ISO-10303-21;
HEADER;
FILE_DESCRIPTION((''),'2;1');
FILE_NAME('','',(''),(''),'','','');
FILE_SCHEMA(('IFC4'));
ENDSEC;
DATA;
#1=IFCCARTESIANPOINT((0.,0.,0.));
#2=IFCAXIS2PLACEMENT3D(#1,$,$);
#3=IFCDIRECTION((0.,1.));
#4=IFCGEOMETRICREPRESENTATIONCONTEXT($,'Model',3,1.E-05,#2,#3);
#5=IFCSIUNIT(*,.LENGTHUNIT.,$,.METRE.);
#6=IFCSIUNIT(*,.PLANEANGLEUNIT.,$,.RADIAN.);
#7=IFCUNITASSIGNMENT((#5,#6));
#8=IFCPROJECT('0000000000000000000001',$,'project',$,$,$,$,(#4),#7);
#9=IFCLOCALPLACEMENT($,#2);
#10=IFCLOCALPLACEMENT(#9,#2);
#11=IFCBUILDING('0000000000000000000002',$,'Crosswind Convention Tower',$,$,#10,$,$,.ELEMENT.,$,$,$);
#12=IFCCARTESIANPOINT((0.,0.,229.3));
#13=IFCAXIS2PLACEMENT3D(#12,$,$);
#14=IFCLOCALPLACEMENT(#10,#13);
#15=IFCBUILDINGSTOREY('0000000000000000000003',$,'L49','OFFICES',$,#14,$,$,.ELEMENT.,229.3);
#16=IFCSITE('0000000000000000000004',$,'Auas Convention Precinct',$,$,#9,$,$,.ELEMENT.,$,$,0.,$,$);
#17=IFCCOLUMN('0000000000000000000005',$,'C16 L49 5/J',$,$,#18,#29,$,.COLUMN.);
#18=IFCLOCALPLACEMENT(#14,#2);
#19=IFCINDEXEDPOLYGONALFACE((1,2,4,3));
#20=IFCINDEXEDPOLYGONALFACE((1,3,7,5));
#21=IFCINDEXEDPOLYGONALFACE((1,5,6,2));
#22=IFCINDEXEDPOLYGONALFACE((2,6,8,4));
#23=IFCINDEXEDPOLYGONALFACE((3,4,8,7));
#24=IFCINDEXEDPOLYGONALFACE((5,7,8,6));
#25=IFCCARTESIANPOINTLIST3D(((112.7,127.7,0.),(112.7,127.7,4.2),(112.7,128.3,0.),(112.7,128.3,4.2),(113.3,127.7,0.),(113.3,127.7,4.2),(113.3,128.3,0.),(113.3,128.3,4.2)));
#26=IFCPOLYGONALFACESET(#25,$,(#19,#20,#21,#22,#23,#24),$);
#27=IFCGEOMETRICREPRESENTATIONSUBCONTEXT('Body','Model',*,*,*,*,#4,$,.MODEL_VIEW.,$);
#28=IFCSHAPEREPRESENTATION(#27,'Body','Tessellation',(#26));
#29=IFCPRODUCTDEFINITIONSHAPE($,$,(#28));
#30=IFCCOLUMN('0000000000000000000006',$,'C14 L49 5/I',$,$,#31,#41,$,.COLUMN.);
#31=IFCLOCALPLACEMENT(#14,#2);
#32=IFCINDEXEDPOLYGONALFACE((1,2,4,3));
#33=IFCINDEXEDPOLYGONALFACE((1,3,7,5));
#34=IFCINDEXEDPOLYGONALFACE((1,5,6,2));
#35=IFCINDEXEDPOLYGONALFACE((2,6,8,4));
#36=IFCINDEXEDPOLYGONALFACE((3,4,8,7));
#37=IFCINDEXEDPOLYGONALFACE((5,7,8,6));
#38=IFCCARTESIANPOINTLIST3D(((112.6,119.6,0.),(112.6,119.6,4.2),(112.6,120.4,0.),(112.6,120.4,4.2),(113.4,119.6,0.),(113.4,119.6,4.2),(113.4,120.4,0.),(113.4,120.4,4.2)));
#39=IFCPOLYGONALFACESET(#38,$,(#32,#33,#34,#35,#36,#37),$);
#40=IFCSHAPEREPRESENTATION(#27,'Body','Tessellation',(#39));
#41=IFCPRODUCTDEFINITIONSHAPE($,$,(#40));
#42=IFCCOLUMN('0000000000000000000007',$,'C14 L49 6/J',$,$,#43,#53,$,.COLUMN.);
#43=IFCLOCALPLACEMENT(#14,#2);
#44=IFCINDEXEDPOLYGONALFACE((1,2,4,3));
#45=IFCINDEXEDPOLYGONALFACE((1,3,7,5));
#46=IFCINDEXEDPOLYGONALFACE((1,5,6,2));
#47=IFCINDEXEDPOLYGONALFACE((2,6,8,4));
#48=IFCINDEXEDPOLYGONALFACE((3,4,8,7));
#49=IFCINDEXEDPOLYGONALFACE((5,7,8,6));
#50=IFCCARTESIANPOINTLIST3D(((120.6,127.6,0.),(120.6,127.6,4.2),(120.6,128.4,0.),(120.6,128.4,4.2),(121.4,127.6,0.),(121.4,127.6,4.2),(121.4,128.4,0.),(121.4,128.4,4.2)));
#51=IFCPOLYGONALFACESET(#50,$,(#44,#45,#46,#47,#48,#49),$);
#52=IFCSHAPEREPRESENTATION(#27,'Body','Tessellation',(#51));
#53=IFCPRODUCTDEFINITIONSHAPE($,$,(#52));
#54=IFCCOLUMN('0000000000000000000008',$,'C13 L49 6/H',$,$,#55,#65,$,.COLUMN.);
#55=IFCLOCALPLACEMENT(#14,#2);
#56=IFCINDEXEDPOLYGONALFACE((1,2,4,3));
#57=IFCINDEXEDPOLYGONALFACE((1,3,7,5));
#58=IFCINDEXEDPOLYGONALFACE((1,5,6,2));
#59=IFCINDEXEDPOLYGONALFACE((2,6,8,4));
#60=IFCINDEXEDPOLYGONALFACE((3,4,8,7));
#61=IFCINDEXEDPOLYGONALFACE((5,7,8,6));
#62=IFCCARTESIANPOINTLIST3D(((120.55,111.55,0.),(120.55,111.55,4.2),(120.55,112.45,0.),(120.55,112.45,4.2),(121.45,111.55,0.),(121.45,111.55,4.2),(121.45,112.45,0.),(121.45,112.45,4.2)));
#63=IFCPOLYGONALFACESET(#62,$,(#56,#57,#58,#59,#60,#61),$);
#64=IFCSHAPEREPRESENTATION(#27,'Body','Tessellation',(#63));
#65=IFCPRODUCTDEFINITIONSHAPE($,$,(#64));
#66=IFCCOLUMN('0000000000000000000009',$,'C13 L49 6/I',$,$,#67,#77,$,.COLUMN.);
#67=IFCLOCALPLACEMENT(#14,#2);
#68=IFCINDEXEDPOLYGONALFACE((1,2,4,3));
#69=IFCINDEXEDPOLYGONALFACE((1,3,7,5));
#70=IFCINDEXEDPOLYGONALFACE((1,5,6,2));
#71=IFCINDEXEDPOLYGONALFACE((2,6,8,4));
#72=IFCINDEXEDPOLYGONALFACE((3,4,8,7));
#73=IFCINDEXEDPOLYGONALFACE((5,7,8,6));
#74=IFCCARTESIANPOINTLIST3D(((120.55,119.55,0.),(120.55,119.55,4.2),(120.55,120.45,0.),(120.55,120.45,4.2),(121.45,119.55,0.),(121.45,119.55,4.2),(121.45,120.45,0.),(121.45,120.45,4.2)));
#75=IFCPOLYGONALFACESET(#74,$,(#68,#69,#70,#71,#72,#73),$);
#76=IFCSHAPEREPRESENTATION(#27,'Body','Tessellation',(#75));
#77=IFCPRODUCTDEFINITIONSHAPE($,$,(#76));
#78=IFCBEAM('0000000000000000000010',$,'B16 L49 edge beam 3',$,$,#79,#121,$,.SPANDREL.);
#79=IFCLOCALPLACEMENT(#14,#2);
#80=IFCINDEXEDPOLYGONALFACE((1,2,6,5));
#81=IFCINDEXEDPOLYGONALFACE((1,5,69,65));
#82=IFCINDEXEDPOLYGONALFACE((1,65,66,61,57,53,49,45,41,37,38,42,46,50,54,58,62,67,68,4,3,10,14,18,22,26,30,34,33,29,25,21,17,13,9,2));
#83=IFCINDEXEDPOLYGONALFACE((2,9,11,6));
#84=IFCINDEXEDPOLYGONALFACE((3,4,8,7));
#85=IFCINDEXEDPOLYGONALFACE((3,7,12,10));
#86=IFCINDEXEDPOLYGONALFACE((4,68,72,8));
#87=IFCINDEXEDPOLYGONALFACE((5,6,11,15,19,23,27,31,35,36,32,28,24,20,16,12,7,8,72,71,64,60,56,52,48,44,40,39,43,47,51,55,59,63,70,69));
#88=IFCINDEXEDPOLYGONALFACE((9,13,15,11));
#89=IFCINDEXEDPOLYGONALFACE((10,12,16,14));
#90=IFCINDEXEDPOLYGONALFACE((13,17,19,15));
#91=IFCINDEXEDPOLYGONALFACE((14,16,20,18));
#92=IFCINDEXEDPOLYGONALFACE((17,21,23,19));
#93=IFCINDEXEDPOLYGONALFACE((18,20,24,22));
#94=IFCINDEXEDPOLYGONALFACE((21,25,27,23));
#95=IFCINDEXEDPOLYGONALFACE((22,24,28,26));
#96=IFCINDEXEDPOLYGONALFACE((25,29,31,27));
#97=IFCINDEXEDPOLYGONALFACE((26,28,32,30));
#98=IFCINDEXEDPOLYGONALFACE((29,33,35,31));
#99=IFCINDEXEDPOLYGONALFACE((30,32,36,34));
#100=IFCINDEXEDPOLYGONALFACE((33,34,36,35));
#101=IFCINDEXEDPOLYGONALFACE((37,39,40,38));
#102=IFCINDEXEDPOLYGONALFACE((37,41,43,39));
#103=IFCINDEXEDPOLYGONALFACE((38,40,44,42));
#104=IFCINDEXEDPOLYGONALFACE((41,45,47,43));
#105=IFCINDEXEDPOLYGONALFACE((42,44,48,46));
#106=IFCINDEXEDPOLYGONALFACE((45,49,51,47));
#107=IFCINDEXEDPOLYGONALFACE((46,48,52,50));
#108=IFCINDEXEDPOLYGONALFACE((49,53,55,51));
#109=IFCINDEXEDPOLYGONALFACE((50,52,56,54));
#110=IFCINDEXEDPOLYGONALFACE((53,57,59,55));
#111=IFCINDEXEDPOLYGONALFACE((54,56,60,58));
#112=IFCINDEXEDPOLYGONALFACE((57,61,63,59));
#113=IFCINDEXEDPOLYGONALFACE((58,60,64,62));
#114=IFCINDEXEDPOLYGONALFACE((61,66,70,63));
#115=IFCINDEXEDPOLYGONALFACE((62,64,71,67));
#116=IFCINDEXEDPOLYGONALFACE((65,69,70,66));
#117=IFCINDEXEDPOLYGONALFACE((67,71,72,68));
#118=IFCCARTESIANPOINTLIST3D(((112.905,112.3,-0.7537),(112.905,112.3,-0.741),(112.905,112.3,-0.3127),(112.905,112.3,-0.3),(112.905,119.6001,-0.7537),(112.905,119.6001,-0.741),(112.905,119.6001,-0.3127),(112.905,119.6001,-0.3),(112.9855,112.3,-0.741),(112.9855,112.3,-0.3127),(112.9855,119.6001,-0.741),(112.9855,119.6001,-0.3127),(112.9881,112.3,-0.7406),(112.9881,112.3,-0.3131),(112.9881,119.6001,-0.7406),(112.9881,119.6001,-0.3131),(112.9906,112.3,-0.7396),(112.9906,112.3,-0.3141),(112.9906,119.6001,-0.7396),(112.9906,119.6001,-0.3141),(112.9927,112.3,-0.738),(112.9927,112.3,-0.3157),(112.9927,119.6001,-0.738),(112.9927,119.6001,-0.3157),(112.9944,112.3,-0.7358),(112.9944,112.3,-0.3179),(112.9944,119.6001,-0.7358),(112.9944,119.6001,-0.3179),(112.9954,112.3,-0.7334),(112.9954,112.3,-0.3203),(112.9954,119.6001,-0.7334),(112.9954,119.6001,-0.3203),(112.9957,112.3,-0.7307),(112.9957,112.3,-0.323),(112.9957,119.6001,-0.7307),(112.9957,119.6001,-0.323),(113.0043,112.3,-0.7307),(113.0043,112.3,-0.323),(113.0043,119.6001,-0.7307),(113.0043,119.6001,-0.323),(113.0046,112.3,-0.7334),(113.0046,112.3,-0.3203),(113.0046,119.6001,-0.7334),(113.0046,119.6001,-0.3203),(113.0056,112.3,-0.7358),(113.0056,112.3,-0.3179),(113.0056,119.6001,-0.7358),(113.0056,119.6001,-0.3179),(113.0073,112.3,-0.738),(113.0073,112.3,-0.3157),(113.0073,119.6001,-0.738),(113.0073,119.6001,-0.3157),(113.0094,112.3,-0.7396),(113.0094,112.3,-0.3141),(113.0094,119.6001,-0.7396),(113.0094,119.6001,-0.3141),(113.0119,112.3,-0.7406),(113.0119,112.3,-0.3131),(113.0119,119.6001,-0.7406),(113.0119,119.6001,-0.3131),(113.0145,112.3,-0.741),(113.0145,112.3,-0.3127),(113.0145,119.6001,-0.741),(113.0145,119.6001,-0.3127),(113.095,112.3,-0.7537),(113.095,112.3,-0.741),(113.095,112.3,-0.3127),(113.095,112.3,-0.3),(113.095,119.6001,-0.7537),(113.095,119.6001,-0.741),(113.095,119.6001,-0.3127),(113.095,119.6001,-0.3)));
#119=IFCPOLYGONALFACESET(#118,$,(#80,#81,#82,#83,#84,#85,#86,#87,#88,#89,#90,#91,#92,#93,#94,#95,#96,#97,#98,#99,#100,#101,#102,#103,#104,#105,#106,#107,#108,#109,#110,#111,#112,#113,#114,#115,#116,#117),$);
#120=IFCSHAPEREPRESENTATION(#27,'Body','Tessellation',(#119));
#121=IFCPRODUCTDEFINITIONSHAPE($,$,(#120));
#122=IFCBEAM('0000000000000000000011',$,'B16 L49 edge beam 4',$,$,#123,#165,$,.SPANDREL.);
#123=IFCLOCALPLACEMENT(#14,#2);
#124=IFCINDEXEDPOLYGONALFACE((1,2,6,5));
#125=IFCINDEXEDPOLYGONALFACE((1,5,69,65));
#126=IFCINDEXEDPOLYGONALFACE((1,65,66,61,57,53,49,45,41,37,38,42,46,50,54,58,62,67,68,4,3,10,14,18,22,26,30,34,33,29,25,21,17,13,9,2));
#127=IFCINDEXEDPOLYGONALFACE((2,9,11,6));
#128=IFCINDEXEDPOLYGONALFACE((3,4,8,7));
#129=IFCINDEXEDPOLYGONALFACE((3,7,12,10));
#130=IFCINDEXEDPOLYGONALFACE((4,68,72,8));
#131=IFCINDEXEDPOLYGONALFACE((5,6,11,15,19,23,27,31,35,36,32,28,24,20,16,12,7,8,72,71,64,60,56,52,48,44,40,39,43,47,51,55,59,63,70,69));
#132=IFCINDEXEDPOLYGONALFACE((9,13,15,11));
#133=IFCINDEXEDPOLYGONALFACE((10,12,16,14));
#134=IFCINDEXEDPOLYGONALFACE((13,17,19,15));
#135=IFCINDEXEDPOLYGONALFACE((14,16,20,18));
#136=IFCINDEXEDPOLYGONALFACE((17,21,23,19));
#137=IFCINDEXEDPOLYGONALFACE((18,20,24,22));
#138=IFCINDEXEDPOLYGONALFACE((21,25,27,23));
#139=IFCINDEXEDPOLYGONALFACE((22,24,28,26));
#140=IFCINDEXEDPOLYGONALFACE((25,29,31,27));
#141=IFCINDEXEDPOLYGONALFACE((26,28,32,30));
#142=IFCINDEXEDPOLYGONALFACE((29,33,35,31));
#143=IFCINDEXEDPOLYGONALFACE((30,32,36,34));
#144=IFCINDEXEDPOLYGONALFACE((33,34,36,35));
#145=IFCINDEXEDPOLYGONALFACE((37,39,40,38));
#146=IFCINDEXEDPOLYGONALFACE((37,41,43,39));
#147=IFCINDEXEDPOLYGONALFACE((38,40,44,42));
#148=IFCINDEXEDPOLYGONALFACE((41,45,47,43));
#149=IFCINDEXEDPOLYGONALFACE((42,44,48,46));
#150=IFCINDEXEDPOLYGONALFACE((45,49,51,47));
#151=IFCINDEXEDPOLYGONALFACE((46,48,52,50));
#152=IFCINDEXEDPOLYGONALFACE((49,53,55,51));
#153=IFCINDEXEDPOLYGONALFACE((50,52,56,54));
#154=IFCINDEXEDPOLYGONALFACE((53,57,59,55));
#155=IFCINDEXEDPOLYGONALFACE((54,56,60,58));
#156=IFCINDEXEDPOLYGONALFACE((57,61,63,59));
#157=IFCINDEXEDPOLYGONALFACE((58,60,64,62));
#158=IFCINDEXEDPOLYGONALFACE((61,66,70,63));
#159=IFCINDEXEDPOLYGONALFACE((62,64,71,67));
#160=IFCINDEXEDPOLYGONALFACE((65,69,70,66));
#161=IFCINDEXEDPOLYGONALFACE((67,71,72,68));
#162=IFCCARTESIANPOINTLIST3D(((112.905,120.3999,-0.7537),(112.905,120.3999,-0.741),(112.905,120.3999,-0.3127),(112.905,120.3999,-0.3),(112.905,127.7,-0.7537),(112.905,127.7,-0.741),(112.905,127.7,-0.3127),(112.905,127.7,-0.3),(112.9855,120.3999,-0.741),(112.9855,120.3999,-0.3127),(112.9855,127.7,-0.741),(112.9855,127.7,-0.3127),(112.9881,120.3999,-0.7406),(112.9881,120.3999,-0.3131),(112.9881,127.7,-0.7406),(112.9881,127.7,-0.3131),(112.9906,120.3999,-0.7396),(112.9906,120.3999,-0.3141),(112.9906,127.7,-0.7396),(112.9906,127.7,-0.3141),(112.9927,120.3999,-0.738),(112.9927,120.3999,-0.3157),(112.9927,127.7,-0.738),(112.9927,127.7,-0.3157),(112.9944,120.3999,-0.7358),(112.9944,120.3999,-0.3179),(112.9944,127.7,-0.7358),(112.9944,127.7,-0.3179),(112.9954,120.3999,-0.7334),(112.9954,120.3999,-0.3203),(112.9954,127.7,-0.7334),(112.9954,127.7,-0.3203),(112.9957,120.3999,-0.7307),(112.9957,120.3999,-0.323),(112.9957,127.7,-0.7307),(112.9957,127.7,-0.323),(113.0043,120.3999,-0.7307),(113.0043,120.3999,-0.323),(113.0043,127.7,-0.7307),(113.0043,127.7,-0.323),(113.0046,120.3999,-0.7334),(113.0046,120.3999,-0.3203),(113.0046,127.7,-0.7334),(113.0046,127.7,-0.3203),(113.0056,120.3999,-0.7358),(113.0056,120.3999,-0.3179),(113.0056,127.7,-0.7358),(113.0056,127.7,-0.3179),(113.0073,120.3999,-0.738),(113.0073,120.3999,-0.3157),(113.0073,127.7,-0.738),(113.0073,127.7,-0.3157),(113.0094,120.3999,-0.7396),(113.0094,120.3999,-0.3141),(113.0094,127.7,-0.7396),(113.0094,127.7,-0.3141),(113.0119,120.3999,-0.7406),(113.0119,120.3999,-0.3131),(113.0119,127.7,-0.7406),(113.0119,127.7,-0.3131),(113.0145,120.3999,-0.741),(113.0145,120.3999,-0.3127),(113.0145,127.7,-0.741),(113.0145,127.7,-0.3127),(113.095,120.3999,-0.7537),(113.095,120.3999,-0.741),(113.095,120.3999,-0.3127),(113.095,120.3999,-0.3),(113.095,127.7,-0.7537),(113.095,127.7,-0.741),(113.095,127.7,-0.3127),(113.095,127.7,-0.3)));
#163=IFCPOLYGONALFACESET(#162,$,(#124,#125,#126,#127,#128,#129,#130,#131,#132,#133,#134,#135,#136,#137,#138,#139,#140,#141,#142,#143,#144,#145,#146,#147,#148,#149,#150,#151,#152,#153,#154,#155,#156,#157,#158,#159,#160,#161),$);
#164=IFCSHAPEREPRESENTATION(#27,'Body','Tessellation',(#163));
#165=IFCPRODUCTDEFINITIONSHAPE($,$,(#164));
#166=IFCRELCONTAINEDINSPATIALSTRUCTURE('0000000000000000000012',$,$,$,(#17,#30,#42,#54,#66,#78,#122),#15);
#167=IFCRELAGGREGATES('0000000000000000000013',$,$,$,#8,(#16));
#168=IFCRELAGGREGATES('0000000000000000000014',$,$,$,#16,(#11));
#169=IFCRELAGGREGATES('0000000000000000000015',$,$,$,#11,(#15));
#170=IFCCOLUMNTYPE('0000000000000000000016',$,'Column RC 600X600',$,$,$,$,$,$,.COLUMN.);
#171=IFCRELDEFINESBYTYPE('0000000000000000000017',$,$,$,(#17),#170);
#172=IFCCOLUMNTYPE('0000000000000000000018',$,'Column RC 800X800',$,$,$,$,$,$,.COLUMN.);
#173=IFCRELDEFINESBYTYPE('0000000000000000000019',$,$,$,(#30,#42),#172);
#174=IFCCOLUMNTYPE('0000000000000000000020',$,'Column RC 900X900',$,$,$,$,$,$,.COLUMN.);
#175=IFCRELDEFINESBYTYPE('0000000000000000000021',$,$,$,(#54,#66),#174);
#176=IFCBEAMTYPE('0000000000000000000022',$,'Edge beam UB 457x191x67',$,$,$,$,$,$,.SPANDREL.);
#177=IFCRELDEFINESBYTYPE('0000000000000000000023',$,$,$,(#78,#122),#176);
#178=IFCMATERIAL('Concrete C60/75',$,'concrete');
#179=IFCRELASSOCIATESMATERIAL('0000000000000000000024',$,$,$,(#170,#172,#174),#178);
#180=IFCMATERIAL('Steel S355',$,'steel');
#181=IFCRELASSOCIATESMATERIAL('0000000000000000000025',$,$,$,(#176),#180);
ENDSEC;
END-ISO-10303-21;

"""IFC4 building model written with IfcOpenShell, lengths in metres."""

from ifc_helpers import new_model, si_unit, direction, frame, origin, origin_2d, place, context, subcontext, project, spatial, rectangle, i_section, extrude, material, material_profile, profile_set, type_object, element, save


model = new_model("IFC4")

# Units and contexts
model_context = context("Model", 3, precision=1e-05, world=origin(), true_north=direction((0.0, 1.0)))
body_context = subcontext(model_context, "Body", "Model", "MODEL_VIEW")
ifc_project = project(units=[si_unit("LENGTHUNIT", "METRE"), si_unit("PLANEANGLEUNIT", "RADIAN")], contexts=[model_context])

# Site, building, storey
site_placement = place(None, origin())
site = spatial("IfcSite", under=ifc_project, at=site_placement, Name="Auas Convention Precinct", CompositionType="ELEMENT", RefElevation=0.0)
building_placement = place(site_placement, origin())
building = spatial("IfcBuilding", under=site, at=building_placement, Name="Crosswind Convention Tower", CompositionType="ELEMENT")
storey_placement = place(building_placement, frame((0.0, 0.0, 229.3)))
storey = spatial("IfcBuildingStorey", under=building, at=storey_placement, Name="L49", Description="OFFICES", CompositionType="ELEMENT", Elevation=229.3)

# Columns
ifc_material_1 = material(Name="Concrete C60/75", Category="concrete")
ifc_material_profile_1 = material_profile(ifc_material_1, rectangle(XDim=0.6001, YDim=0.6001, at=origin_2d()), Name="RC 600X600")
ifc_profile_set_1 = profile_set([ifc_material_profile_1], Name="Concrete C60/75")
column_type_1 = type_object("IfcColumnType", Name="Column RC 600X600", PredefinedType="COLUMN", material=ifc_profile_set_1)
column_placement = place(storey_placement, frame((113.0, 128.0, 0.0), z_axis=(0.0, 0.0, 1.0), x_axis=(1.0, 0.0, 0.0)))
element("IfcColumn", 1, at=column_placement, inside=storey, type_object=column_type_1, Name="C16 L49 5/J", PredefinedType="COLUMN", context=body_context, shape_type="SweptSolid", body=[
    extrude(rectangle(XDim=0.6001, YDim=0.6001, at=origin_2d()), origin(), (0.0, 0.0, 1.0), 4.2),
])
ifc_material_profile_2 = material_profile(ifc_material_1, rectangle(XDim=0.8, YDim=0.8, at=origin_2d()), Name="RC 800X800")
ifc_profile_set_2 = profile_set([ifc_material_profile_2], Name="Concrete C60/75")
column_type_2 = type_object("IfcColumnType", Name="Column RC 800X800", PredefinedType="COLUMN", material=ifc_profile_set_2)
for number, where, z_axis, x_axis, name in (
    (2, (113.0, 120.0, 0.0), (0.0, 0.0, 1.0), (1.0, 0.0, 0.0), "C14 L49 5/I"),
    (3, (121.0, 128.0, 0.0), (0.0, 0.0, 1.0), (1.0, 0.0, 0.0), "C14 L49 6/J"),
):
    element("IfcColumn", number, at=place(storey_placement, frame(where, z_axis=z_axis, x_axis=x_axis)), inside=storey, type_object=column_type_2, Name=name, PredefinedType="COLUMN", context=body_context, shape_type="SweptSolid", body=[
        extrude(rectangle(XDim=0.8, YDim=0.8, at=origin_2d()), origin(), (0.0, 0.0, 1.0), 4.2),
    ])
ifc_material_profile_3 = material_profile(ifc_material_1, rectangle(XDim=0.8999, YDim=0.8999, at=origin_2d()), Name="RC 900X900")
ifc_profile_set_3 = profile_set([ifc_material_profile_3], Name="Concrete C60/75")
column_type_3 = type_object("IfcColumnType", Name="Column RC 900X900", PredefinedType="COLUMN", material=ifc_profile_set_3)
for number, where, z_axis, x_axis, name in (
    (4, (121.0, 112.0, 0.0), (0.0, 0.0, 1.0), (1.0, 0.0, 0.0), "C13 L49 6/H"),
    (5, (121.0, 120.0, 0.0), (0.0, 0.0, 1.0), (1.0, 0.0, 0.0), "C13 L49 6/I"),
):
    element("IfcColumn", number, at=place(storey_placement, frame(where, z_axis=z_axis, x_axis=x_axis)), inside=storey, type_object=column_type_3, Name=name, PredefinedType="COLUMN", context=body_context, shape_type="SweptSolid", body=[
        extrude(rectangle(XDim=0.8999, YDim=0.8999, at=origin_2d()), origin(), (0.0, 0.0, 1.0), 4.2),
    ])

# Beams
ifc_material_2 = material(Name="Steel S355", Category="steel")
ifc_material_profile_4 = material_profile(ifc_material_2, i_section(OverallWidth=0.1899, OverallDepth=0.4536, WebThickness=0.0085, FlangeThickness=0.0127, FilletRadius=0.0103, at=origin_2d()), Name="UB 457x191x67")
ifc_profile_set_4 = profile_set([ifc_material_profile_4], Name="Steel S355")
beam_type_1 = type_object("IfcBeamType", Name="Edge beam UB 457x191x67", PredefinedType="SPANDREL", material=ifc_profile_set_4)
for number, where, z_axis, x_axis, name in (
    (6, (113.0, 112.3, -0.5269), (0.0, 1.0, 0.0), (-1.0, 0.0, 0.0), "B16 L49 edge beam 3"),
    (7, (113.0, 120.3999, -0.5269), (0.0, 1.0, 0.0), (-1.0, 0.0, 0.0), "B16 L49 edge beam 4"),
):
    element("IfcBeam", number, at=place(storey_placement, frame(where, z_axis=z_axis, x_axis=x_axis)), inside=storey, type_object=beam_type_1, Name=name, PredefinedType="SPANDREL", context=body_context, shape_type="SweptSolid", body=[
        extrude(i_section(OverallWidth=0.1899, OverallDepth=0.4536, WebThickness=0.0085, FlangeThickness=0.0127, FilletRadius=0.0103, at=origin_2d()), origin(), (0.0, 0.0, 1.0), 7.3),
    ])

save(model, "model.ifc")
